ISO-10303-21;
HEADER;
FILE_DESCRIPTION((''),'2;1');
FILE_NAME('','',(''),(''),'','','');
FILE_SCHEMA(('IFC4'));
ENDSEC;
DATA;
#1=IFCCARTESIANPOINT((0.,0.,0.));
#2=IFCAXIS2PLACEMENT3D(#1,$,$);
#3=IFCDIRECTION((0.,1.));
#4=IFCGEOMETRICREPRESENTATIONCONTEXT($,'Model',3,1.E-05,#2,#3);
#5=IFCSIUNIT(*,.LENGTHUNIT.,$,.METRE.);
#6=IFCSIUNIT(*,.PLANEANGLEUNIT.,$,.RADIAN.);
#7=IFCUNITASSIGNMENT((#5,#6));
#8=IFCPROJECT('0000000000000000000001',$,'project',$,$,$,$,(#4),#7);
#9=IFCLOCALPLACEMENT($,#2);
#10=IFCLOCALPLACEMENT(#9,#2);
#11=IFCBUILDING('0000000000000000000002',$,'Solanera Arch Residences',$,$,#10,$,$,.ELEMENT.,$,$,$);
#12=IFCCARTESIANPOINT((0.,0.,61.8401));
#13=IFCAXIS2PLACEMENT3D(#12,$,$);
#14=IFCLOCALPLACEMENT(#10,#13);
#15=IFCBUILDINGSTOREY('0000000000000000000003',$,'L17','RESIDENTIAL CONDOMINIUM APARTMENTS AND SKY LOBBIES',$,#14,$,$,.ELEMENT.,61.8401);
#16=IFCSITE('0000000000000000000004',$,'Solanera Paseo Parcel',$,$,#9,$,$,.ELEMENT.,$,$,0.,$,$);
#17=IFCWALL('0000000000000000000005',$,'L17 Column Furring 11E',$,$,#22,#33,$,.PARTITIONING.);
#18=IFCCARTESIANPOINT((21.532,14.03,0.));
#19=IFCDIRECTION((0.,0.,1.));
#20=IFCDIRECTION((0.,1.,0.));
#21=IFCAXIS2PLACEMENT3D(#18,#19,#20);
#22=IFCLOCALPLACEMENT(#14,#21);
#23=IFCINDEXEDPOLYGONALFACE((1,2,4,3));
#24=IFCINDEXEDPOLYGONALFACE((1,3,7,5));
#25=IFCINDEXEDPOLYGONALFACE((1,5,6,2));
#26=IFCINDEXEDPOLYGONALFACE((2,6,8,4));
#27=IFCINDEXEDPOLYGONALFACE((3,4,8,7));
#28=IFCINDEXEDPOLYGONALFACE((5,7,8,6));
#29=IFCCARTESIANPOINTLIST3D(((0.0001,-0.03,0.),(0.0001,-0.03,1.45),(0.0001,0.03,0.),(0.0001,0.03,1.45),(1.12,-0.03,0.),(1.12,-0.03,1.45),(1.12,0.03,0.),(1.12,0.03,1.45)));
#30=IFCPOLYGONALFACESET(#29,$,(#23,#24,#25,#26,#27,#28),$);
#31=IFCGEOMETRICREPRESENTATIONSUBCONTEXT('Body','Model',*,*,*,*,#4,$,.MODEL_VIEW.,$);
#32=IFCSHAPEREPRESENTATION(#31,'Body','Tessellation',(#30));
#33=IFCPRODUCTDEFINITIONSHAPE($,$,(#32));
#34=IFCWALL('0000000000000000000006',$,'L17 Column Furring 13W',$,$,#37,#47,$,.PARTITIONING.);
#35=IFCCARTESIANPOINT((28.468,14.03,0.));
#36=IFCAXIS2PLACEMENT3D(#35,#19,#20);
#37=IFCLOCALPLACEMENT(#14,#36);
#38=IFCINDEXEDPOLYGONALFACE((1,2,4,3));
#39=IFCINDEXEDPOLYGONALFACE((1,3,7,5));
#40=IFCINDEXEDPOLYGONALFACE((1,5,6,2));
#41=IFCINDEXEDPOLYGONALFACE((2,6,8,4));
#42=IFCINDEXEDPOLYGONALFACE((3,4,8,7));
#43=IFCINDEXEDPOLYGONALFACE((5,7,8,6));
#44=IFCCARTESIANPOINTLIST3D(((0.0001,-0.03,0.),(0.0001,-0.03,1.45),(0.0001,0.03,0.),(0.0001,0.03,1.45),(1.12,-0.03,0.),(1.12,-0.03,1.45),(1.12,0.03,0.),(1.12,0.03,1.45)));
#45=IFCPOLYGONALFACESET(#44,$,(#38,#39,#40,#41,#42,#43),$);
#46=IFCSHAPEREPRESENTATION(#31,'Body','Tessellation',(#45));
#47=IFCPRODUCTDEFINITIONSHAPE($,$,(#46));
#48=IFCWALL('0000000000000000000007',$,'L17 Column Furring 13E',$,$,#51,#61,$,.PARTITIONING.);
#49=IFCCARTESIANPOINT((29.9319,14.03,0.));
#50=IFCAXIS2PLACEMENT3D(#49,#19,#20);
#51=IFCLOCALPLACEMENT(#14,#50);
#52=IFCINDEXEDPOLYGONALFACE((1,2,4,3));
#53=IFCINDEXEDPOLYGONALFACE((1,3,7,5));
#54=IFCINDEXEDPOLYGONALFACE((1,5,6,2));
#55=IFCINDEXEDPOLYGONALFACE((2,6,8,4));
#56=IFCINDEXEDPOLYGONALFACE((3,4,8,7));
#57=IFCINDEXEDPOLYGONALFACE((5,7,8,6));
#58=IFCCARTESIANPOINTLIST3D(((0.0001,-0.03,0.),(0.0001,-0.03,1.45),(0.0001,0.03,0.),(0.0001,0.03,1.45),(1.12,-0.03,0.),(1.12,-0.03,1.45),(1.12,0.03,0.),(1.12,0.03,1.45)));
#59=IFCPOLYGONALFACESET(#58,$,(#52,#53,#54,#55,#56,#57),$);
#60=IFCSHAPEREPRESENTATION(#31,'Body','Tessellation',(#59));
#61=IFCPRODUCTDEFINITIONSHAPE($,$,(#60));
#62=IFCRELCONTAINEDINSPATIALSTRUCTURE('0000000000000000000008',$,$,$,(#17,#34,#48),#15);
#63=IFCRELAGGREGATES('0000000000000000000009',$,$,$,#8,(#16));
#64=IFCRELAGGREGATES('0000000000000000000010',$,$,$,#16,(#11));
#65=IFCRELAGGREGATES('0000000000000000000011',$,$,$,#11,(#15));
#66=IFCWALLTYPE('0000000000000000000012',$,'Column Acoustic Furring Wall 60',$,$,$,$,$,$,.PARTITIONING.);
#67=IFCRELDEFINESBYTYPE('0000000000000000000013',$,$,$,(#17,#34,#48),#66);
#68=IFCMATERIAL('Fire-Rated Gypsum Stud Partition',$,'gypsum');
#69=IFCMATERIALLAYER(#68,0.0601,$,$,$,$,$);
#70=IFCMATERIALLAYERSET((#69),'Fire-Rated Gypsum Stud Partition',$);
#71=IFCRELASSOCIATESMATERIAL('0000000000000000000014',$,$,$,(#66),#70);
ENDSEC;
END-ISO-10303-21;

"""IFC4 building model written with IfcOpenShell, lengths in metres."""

from ifc_helpers import new_model, si_unit, direction, frame, frame_2d, origin, place, context, subcontext, project, spatial, rectangle, extrude, material, layer, layer_set, type_object, element, save


model = new_model("IFC4")

# Units and contexts
model_context = context("Model", 3, precision=1e-05, world=origin(), true_north=direction((0.0, 1.0)))
body_context = subcontext(model_context, "Body", "Model", "MODEL_VIEW")
ifc_project = project(units=[si_unit("LENGTHUNIT", "METRE"), si_unit("PLANEANGLEUNIT", "RADIAN")], contexts=[model_context])

# Site, building, storey
site_placement = place(None, origin())
site = spatial("IfcSite", under=ifc_project, at=site_placement, Name="Solanera Paseo Parcel", CompositionType="ELEMENT", RefElevation=0.0)
building_placement = place(site_placement, origin())
building = spatial("IfcBuilding", under=site, at=building_placement, Name="Solanera Arch Residences", CompositionType="ELEMENT")
storey_placement = place(building_placement, frame((0.0, 0.0, 61.8401)))
storey = spatial("IfcBuildingStorey", under=building, at=storey_placement, Name="L17", Description="RESIDENTIAL CONDOMINIUM APARTMENTS AND SKY LOBBIES", CompositionType="ELEMENT", Elevation=61.8401)

# Walls
ifc_material_1 = material(Name="Fire-Rated Gypsum Stud Partition", Category="gypsum")
ifc_layer_1 = layer(ifc_material_1, 0.0601)
ifc_layer_set_1 = layer_set([ifc_layer_1], Name="Fire-Rated Gypsum Stud Partition")
wall_type_1 = type_object("IfcWallType", Name="Column Acoustic Furring Wall 60", PredefinedType="PARTITIONING", material=ifc_layer_set_1)
wall_1_placement = place(storey_placement, frame((21.532, 14.03, 0.0), z_axis=(0.0, 0.0, 1.0), x_axis=(0.0, 1.0, 0.0)))
element("IfcWall", 1, at=wall_1_placement, inside=storey, type_object=wall_type_1, Name="L17 Column Furring 11E", PredefinedType="PARTITIONING", context=body_context, shape_type="SweptSolid", body=[
    extrude(rectangle(XDim=1.1199, YDim=0.0601, at=frame_2d((0.5601, 0.0))), origin(), (0.0, 0.0, 1.0), 1.45),
])
for number, where, z_axis, x_axis, name in (
    (2, (28.468, 14.03, 0.0), (0.0, 0.0, 1.0), (0.0, 1.0, 0.0), "L17 Column Furring 13W"),
    (3, (29.9319, 14.03, 0.0), (0.0, 0.0, 1.0), (0.0, 1.0, 0.0), "L17 Column Furring 13E"),
):
    element("IfcWall", number, at=place(storey_placement, frame(where, z_axis=z_axis, x_axis=x_axis)), inside=storey, type_object=wall_type_1, Name=name, PredefinedType="PARTITIONING", context=body_context, shape_type="SweptSolid", body=[
        extrude(rectangle(XDim=1.1199, YDim=0.0601, at=frame_2d((0.5601, 0.0))), origin(), (0.0, 0.0, 1.0), 1.45),
    ])

save(model, "model.ifc")
